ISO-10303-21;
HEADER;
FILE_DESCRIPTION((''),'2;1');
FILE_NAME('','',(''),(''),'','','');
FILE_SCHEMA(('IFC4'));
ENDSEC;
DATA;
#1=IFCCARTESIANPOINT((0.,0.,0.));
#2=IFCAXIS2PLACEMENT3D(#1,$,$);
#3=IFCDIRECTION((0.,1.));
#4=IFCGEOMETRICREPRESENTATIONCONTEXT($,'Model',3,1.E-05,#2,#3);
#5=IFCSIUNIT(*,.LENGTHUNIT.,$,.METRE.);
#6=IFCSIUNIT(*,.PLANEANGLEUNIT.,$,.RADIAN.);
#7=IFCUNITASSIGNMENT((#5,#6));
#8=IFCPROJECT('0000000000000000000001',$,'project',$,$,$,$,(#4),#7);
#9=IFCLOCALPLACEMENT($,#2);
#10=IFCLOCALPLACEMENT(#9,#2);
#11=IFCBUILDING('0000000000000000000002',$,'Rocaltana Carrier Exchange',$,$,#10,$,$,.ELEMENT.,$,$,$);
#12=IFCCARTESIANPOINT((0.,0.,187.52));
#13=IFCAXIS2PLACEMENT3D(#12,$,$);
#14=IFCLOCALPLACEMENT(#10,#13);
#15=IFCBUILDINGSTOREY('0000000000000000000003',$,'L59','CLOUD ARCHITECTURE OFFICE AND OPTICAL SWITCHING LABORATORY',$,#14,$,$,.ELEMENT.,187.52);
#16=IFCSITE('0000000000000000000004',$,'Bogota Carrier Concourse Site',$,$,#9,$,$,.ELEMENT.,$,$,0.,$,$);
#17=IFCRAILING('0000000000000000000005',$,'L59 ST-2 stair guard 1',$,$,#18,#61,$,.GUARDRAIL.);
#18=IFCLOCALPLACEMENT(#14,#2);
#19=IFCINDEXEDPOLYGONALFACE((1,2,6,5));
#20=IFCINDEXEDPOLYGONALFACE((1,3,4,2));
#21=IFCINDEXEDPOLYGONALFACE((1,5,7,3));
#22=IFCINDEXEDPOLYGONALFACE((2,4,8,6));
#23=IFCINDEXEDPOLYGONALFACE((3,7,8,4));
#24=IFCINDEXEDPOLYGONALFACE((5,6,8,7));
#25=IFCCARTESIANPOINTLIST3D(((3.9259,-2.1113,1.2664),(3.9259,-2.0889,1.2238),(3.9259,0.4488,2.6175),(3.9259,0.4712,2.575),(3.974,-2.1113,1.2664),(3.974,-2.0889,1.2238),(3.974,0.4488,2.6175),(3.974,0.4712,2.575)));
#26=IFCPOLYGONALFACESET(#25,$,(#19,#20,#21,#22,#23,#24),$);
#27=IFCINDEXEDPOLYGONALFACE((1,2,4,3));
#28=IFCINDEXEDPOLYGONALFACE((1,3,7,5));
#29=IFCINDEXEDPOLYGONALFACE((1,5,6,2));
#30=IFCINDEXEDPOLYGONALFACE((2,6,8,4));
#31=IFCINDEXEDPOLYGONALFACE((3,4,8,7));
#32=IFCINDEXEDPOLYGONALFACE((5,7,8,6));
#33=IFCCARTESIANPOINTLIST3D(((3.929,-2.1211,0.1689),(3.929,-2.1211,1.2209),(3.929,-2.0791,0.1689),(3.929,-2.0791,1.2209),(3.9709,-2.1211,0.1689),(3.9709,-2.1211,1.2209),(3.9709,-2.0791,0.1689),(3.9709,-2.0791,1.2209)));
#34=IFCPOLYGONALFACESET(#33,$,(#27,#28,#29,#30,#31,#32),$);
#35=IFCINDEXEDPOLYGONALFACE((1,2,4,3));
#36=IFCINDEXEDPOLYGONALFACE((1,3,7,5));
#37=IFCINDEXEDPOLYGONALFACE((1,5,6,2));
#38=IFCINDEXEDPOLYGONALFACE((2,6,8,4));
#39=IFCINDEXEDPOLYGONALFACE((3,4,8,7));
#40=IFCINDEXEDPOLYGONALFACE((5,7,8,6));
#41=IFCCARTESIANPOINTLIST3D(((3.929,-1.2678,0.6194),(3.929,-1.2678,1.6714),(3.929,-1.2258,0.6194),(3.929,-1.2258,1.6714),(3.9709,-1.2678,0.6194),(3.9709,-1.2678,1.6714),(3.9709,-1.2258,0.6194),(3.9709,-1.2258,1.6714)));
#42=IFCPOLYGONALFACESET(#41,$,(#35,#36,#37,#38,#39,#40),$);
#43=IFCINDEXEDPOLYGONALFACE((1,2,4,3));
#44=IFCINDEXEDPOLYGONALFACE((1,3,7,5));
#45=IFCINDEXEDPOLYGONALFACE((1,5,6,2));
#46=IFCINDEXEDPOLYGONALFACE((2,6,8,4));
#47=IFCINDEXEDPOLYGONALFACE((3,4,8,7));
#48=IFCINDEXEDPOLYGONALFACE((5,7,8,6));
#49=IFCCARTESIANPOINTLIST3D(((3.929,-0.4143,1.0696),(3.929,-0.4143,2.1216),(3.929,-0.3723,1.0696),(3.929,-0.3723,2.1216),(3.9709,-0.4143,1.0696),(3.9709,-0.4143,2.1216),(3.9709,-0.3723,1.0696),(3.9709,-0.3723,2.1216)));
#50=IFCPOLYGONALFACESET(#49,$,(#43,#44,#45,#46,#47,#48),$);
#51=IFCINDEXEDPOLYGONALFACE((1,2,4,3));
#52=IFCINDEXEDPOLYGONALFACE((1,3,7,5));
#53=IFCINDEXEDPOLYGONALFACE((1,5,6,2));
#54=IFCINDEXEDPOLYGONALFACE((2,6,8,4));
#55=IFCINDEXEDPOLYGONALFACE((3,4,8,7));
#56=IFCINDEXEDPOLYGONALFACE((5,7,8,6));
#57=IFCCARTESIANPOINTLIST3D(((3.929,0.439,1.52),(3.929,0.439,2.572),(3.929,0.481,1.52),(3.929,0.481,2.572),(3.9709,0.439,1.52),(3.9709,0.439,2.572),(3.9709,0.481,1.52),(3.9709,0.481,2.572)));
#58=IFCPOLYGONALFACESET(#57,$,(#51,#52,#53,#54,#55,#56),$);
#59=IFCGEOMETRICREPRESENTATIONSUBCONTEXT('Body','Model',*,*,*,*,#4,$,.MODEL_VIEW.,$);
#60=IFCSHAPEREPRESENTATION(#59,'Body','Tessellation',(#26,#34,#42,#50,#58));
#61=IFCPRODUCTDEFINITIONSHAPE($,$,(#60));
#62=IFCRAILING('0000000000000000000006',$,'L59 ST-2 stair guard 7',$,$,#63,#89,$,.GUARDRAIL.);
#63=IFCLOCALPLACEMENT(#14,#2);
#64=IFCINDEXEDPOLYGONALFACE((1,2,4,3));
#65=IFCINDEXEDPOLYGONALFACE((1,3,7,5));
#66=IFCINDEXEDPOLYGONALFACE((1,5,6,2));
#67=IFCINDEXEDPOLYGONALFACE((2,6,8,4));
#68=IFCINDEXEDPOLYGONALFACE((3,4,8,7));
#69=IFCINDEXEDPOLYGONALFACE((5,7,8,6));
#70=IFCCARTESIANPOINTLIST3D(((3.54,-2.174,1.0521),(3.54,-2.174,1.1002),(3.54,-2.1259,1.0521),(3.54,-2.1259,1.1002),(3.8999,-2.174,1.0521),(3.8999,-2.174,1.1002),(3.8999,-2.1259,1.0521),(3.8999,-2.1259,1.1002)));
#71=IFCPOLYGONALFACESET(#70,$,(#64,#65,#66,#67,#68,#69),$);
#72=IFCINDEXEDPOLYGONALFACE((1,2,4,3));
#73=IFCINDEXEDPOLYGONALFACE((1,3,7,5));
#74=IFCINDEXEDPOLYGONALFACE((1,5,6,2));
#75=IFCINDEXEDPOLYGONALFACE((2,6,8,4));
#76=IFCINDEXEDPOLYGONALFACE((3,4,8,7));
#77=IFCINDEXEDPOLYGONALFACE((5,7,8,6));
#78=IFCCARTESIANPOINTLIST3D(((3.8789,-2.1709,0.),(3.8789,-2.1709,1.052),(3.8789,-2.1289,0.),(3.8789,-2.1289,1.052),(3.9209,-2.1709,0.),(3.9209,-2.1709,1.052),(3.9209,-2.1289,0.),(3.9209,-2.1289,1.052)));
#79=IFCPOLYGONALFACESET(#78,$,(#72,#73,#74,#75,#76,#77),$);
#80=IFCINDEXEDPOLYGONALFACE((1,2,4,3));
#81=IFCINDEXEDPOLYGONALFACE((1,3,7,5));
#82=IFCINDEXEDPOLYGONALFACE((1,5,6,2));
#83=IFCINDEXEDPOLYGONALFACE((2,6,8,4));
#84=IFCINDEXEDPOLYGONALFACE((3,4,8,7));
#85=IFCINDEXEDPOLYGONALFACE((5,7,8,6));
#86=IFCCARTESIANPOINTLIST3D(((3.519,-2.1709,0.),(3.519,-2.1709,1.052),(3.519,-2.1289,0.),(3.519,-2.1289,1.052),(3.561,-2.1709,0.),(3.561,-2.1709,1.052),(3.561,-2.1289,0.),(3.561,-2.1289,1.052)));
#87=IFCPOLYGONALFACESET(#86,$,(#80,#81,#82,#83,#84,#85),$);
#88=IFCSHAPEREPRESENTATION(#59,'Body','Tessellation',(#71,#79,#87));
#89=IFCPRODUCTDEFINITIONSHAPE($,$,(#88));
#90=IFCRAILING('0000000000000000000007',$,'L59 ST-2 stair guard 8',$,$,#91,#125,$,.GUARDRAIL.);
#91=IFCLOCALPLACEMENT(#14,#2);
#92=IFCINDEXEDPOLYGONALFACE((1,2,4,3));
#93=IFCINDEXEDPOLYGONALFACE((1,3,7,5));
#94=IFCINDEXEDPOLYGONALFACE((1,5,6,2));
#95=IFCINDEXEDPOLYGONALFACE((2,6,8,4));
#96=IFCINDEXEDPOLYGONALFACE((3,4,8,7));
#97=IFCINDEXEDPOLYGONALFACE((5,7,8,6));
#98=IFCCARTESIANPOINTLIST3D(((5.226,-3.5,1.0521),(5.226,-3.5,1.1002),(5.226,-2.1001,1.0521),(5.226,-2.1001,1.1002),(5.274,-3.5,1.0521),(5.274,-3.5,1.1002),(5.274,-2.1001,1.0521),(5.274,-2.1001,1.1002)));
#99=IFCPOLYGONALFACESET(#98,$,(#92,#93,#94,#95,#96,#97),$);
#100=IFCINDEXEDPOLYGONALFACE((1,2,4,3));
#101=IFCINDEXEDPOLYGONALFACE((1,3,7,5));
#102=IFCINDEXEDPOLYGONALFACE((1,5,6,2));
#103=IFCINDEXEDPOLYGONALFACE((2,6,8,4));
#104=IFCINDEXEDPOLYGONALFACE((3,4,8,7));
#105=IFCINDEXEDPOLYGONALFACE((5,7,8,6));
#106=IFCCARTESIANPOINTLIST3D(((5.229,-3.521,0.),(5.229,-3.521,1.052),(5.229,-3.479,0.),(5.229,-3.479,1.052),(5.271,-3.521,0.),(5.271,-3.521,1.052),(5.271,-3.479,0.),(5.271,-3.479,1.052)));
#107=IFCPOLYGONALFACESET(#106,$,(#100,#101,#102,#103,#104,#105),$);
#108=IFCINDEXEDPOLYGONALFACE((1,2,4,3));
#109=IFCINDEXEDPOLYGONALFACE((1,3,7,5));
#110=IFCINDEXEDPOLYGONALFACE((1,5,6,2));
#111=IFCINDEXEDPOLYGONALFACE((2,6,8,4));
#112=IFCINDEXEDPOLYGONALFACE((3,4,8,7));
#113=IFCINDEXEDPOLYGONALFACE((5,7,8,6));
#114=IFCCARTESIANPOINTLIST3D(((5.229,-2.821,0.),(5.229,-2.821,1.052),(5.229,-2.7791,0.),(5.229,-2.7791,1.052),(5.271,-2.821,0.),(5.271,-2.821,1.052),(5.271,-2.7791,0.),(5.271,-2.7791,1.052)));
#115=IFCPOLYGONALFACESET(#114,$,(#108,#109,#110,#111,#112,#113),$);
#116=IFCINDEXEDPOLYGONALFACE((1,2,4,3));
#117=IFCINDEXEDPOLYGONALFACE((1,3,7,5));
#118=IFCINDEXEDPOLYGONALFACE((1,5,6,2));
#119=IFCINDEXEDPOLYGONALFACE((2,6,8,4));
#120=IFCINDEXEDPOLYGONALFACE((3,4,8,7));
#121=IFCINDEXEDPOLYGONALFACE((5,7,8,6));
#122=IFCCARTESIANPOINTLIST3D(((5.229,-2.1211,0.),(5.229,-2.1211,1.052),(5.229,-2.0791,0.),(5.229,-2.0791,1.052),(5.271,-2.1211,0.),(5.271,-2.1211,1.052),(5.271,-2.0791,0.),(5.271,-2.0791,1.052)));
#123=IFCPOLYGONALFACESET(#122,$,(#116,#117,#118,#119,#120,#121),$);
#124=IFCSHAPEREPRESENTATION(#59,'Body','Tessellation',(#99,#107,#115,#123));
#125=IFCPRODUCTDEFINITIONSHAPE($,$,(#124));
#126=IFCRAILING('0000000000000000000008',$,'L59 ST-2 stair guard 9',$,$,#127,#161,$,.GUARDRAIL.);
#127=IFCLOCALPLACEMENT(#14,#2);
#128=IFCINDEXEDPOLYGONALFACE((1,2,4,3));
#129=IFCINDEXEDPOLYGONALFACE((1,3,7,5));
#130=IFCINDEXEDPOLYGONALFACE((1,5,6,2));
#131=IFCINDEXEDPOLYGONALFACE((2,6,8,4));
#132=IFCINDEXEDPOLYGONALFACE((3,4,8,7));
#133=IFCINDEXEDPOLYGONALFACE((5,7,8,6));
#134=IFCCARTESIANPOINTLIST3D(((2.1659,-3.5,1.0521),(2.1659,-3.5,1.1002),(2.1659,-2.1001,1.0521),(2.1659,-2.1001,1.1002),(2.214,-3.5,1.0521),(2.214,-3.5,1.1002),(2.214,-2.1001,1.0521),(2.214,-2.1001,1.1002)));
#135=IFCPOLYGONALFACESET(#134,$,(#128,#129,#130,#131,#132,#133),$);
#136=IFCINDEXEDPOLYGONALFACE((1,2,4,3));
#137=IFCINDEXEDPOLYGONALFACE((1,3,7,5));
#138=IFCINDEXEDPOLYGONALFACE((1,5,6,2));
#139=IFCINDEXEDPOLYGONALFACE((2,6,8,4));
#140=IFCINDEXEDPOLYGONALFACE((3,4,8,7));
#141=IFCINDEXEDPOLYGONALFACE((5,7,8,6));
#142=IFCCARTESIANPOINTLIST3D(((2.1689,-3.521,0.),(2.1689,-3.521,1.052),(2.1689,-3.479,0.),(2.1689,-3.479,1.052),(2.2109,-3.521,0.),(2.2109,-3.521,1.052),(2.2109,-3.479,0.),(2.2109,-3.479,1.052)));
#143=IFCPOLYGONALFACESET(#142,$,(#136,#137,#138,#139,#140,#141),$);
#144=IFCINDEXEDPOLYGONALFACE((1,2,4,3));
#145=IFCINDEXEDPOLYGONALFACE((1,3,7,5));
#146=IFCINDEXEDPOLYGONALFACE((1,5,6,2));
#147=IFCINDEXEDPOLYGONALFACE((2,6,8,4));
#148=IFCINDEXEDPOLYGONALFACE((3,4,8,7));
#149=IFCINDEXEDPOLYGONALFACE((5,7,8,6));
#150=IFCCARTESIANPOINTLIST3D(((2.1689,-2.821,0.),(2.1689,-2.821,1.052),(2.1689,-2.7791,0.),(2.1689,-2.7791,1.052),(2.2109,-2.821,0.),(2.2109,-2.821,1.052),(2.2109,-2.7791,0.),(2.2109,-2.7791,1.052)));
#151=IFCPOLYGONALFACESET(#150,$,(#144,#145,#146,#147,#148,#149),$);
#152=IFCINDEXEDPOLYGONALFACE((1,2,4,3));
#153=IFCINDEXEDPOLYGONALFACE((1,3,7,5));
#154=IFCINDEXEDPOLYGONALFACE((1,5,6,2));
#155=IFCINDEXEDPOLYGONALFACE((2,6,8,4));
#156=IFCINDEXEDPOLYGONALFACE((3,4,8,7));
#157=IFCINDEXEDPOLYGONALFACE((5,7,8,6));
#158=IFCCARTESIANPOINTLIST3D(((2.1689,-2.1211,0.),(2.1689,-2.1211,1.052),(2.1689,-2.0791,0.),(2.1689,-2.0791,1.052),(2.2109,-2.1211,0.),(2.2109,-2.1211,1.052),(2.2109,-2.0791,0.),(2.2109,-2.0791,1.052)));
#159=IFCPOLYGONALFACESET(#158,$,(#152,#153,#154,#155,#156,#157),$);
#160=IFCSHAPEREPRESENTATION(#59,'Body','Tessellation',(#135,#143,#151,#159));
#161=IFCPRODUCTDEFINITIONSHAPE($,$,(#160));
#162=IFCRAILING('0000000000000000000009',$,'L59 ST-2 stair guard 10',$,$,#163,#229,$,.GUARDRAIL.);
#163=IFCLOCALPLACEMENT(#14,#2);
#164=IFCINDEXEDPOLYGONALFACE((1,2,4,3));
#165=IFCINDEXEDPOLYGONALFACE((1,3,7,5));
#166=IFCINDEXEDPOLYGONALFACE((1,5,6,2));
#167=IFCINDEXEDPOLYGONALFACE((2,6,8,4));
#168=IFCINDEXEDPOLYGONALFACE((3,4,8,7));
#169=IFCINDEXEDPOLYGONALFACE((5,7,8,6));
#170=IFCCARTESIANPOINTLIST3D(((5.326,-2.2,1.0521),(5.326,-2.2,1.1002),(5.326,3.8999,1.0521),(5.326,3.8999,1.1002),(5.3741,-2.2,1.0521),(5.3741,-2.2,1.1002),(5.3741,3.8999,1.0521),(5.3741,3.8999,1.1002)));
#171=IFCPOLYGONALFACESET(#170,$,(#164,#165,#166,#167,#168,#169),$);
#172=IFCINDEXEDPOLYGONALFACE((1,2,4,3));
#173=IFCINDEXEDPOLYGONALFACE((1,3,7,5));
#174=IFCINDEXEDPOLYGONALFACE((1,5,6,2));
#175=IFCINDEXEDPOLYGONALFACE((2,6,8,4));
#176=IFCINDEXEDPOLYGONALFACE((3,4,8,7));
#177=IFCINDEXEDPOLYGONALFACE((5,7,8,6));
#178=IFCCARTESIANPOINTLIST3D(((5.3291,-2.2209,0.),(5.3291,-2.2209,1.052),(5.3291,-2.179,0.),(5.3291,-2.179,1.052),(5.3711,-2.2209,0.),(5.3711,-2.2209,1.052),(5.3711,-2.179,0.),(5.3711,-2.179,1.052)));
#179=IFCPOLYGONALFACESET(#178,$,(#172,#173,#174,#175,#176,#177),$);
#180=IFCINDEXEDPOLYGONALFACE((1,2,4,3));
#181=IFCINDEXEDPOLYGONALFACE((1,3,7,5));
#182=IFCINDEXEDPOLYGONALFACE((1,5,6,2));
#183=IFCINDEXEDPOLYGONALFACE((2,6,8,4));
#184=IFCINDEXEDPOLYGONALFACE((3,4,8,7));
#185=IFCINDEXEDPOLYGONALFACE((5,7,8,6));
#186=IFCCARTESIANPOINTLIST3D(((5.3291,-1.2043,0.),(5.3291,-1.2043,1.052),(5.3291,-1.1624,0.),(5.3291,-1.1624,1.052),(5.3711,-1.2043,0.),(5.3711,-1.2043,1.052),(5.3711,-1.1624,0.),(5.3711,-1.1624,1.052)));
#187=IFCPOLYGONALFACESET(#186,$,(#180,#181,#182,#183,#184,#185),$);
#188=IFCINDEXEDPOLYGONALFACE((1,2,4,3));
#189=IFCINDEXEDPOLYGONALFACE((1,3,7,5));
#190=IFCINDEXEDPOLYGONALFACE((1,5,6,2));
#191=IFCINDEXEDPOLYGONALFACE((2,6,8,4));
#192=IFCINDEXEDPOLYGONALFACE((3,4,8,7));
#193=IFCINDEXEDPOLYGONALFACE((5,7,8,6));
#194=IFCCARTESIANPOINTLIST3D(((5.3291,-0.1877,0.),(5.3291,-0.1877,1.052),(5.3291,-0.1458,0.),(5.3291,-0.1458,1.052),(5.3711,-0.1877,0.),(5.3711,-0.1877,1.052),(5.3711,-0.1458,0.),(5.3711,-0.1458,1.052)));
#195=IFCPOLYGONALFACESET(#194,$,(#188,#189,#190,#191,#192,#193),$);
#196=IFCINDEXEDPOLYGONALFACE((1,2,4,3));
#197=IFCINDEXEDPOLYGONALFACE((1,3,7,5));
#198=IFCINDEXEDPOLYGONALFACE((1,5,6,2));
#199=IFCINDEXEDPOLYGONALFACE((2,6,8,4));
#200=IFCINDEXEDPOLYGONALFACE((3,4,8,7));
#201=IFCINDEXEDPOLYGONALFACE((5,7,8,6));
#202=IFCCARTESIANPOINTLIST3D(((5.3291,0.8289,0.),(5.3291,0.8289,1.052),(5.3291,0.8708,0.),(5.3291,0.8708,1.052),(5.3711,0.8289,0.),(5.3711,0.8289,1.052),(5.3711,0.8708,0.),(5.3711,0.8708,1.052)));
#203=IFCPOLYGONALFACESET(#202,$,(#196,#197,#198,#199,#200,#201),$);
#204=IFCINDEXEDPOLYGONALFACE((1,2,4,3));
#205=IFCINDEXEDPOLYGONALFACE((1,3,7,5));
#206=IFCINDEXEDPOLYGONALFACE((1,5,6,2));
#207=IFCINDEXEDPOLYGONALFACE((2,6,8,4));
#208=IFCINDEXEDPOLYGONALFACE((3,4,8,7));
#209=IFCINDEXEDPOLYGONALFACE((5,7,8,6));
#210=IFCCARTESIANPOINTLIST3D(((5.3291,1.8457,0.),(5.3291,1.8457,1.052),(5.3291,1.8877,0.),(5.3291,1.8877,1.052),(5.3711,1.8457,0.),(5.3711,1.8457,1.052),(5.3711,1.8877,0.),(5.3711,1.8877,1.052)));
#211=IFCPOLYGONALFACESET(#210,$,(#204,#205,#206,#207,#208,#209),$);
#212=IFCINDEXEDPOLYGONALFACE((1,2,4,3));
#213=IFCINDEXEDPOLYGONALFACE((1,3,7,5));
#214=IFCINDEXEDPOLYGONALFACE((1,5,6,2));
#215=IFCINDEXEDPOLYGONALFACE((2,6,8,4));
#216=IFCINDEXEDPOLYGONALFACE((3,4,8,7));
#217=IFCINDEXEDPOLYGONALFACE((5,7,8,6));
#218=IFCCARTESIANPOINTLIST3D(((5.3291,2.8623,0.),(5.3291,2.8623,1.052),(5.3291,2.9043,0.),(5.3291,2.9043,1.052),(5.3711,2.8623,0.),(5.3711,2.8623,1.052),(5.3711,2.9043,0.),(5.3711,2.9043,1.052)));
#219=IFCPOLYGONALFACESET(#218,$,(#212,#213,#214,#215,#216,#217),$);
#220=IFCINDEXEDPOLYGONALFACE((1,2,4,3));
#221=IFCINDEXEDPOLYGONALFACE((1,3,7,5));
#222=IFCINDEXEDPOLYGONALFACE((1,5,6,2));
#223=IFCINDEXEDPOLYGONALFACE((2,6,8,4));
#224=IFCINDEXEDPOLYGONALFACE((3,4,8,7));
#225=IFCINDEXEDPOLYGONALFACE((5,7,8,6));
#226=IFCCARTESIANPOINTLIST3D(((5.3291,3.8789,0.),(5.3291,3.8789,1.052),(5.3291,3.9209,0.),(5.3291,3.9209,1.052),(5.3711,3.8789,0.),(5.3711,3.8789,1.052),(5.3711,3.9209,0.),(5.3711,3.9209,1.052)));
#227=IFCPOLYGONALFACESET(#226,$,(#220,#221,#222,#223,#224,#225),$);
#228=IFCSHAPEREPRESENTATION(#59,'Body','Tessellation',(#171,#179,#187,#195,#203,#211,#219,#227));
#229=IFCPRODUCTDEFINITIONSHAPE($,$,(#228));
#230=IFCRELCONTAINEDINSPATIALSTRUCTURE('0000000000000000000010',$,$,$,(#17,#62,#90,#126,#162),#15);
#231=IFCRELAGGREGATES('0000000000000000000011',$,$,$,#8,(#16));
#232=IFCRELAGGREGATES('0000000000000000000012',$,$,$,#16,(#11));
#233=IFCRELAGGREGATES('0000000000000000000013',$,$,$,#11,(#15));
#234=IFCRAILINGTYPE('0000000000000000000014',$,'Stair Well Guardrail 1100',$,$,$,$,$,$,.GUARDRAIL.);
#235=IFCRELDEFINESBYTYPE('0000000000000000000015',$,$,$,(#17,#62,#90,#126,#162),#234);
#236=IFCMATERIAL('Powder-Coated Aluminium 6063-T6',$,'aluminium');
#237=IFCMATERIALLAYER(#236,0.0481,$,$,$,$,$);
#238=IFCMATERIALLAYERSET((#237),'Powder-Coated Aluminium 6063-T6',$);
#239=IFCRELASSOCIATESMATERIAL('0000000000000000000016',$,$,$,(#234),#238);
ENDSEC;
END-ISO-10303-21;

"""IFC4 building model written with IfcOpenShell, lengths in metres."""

from ifc_helpers import new_model, si_unit, direction, frame, origin, origin_2d, place, context, subcontext, project, spatial, rectangle, extrude, material, layer, layer_set, type_object, element, save


model = new_model("IFC4")

# Units and contexts
model_context = context("Model", 3, precision=1e-05, world=origin(), true_north=direction((0.0, 1.0)))
body_context = subcontext(model_context, "Body", "Model", "MODEL_VIEW")
ifc_project = project(units=[si_unit("LENGTHUNIT", "METRE"), si_unit("PLANEANGLEUNIT", "RADIAN")], contexts=[model_context])

# Site, building, storey
site_placement = place(None, origin())
site = spatial("IfcSite", under=ifc_project, at=site_placement, Name="Bogota Carrier Concourse Site", CompositionType="ELEMENT", RefElevation=0.0)
building_placement = place(site_placement, origin())
building = spatial("IfcBuilding", under=site, at=building_placement, Name="Rocaltana Carrier Exchange", CompositionType="ELEMENT")
storey_placement = place(building_placement, frame((0.0, 0.0, 187.52)))
storey = spatial("IfcBuildingStorey", under=building, at=storey_placement, Name="L59", Description="CLOUD ARCHITECTURE OFFICE AND OPTICAL SWITCHING LABORATORY", CompositionType="ELEMENT", Elevation=187.52)

# Railings
ifc_material_1 = material(Name="Powder-Coated Aluminium 6063-T6", Category="aluminium")
ifc_layer_1 = layer(ifc_material_1, 0.0481)
ifc_layer_set_1 = layer_set([ifc_layer_1], Name="Powder-Coated Aluminium 6063-T6")
railing_type_1 = type_object("IfcRailingType", Name="Stair Well Guardrail 1100", PredefinedType="GUARDRAIL", material=ifc_layer_set_1)
railing_1_placement = place(storey_placement, frame((3.95, -2.1001, 0.1689)))
element("IfcRailing", 1, at=railing_1_placement, inside=storey, type_object=railing_type_1, Name="L59 ST-2 stair guard 1", PredefinedType="GUARDRAIL", context=body_context, shape_type="SweptSolid", body=[
    extrude(rectangle(XDim=0.0481, YDim=0.0481, at=origin_2d()), frame((0.0, 0.0, 1.0762), z_axis=(0.0, 0.884394, 0.46674), x_axis=(-1.0, 0.0, 0.0)), (0.0, 0.0, 1.0), 2.8948),
    extrude(rectangle(XDim=0.042, YDim=0.042, at=origin_2d()), origin(), (0.0, 0.0, 1.0), 1.052),
    extrude(rectangle(XDim=0.042, YDim=0.042, at=origin_2d()), frame((0.0, 0.8533, 0.4504)), (0.0, 0.0, 1.0), 1.052),
    extrude(rectangle(XDim=0.042, YDim=0.042, at=origin_2d()), frame((0.0, 1.7068, 0.9006)), (0.0, 0.0, 1.0), 1.052),
    extrude(rectangle(XDim=0.042, YDim=0.042, at=origin_2d()), frame((0.0, 2.5601, 1.3511)), (0.0, 0.0, 1.0), 1.052),
])
railing_2_placement = place(storey_placement, frame((3.8999, -2.1499, 0.0)))
element("IfcRailing", 2, at=railing_2_placement, inside=storey, type_object=railing_type_1, Name="L59 ST-2 stair guard 7", PredefinedType="GUARDRAIL", context=body_context, shape_type="SweptSolid", body=[
    extrude(rectangle(XDim=0.0481, YDim=0.0481, at=origin_2d()), frame((0.0, 0.0, 1.0762), z_axis=(-1.0, 0.0, 0.0), x_axis=(0.0, -1.0, 0.0)), (0.0, 0.0, 1.0), 0.3599),
    extrude(rectangle(XDim=0.042, YDim=0.042, at=origin_2d()), origin(), (0.0, 0.0, 1.0), 1.052),
    extrude(rectangle(XDim=0.042, YDim=0.042, at=origin_2d()), frame((-0.3599, 0.0, 0.0)), (0.0, 0.0, 1.0), 1.052),
])
for number, where, name in (
    (3, (5.25, -3.5, 0.0), "L59 ST-2 stair guard 8"),
    (4, (2.1899, -3.5, 0.0), "L59 ST-2 stair guard 9"),
):
    element("IfcRailing", number, at=place(storey_placement, frame(where)), inside=storey, type_object=railing_type_1, Name=name, PredefinedType="GUARDRAIL", context=body_context, shape_type="SweptSolid", body=[
        extrude(rectangle(XDim=0.0481, YDim=0.0481, at=origin_2d()), frame((0.0, 0.0, 1.0762), z_axis=(0.0, 1.0, 0.0), x_axis=(-1.0, 0.0, 0.0)), (0.0, 0.0, 1.0), 1.3999),
        extrude(rectangle(XDim=0.042, YDim=0.042, at=origin_2d()), origin(), (0.0, 0.0, 1.0), 1.052),
        extrude(rectangle(XDim=0.042, YDim=0.042, at=origin_2d()), frame((0.0, 0.7, 0.0)), (0.0, 0.0, 1.0), 1.052),
        extrude(rectangle(XDim=0.042, YDim=0.042, at=origin_2d()), frame((0.0, 1.3999, 0.0)), (0.0, 0.0, 1.0), 1.052),
    ])
for number, where, name in (
    (5, (5.3501, -2.2, 0.0), "L59 ST-2 stair guard 10"),
):
    element("IfcRailing", number, at=place(storey_placement, frame(where)), inside=storey, type_object=railing_type_1, Name=name, PredefinedType="GUARDRAIL", context=body_context, shape_type="SweptSolid", body=[
        extrude(rectangle(XDim=0.0481, YDim=0.0481, at=origin_2d()), frame((0.0, 0.0, 1.0762), z_axis=(0.0, 1.0, 0.0), x_axis=(-1.0, 0.0, 0.0)), (0.0, 0.0, 1.0), 6.0999),
        extrude(rectangle(XDim=0.042, YDim=0.042, at=origin_2d()), origin(), (0.0, 0.0, 1.0), 1.052),
        extrude(rectangle(XDim=0.042, YDim=0.042, at=origin_2d()), frame((0.0, 1.0166, 0.0)), (0.0, 0.0, 1.0), 1.052),
        extrude(rectangle(XDim=0.042, YDim=0.042, at=origin_2d()), frame((0.0, 2.0332, 0.0)), (0.0, 0.0, 1.0), 1.052),
        extrude(rectangle(XDim=0.042, YDim=0.042, at=origin_2d()), frame((0.0, 3.0498, 0.0)), (0.0, 0.0, 1.0), 1.052),
        extrude(rectangle(XDim=0.042, YDim=0.042, at=origin_2d()), frame((0.0, 4.0667, 0.0)), (0.0, 0.0, 1.0), 1.052),
        extrude(rectangle(XDim=0.042, YDim=0.042, at=origin_2d()), frame((0.0, 5.0833, 0.0)), (0.0, 0.0, 1.0), 1.052),
        extrude(rectangle(XDim=0.042, YDim=0.042, at=origin_2d()), frame((0.0, 6.0999, 0.0)), (0.0, 0.0, 1.0), 1.052),
    ])

save(model, "model.ifc")
